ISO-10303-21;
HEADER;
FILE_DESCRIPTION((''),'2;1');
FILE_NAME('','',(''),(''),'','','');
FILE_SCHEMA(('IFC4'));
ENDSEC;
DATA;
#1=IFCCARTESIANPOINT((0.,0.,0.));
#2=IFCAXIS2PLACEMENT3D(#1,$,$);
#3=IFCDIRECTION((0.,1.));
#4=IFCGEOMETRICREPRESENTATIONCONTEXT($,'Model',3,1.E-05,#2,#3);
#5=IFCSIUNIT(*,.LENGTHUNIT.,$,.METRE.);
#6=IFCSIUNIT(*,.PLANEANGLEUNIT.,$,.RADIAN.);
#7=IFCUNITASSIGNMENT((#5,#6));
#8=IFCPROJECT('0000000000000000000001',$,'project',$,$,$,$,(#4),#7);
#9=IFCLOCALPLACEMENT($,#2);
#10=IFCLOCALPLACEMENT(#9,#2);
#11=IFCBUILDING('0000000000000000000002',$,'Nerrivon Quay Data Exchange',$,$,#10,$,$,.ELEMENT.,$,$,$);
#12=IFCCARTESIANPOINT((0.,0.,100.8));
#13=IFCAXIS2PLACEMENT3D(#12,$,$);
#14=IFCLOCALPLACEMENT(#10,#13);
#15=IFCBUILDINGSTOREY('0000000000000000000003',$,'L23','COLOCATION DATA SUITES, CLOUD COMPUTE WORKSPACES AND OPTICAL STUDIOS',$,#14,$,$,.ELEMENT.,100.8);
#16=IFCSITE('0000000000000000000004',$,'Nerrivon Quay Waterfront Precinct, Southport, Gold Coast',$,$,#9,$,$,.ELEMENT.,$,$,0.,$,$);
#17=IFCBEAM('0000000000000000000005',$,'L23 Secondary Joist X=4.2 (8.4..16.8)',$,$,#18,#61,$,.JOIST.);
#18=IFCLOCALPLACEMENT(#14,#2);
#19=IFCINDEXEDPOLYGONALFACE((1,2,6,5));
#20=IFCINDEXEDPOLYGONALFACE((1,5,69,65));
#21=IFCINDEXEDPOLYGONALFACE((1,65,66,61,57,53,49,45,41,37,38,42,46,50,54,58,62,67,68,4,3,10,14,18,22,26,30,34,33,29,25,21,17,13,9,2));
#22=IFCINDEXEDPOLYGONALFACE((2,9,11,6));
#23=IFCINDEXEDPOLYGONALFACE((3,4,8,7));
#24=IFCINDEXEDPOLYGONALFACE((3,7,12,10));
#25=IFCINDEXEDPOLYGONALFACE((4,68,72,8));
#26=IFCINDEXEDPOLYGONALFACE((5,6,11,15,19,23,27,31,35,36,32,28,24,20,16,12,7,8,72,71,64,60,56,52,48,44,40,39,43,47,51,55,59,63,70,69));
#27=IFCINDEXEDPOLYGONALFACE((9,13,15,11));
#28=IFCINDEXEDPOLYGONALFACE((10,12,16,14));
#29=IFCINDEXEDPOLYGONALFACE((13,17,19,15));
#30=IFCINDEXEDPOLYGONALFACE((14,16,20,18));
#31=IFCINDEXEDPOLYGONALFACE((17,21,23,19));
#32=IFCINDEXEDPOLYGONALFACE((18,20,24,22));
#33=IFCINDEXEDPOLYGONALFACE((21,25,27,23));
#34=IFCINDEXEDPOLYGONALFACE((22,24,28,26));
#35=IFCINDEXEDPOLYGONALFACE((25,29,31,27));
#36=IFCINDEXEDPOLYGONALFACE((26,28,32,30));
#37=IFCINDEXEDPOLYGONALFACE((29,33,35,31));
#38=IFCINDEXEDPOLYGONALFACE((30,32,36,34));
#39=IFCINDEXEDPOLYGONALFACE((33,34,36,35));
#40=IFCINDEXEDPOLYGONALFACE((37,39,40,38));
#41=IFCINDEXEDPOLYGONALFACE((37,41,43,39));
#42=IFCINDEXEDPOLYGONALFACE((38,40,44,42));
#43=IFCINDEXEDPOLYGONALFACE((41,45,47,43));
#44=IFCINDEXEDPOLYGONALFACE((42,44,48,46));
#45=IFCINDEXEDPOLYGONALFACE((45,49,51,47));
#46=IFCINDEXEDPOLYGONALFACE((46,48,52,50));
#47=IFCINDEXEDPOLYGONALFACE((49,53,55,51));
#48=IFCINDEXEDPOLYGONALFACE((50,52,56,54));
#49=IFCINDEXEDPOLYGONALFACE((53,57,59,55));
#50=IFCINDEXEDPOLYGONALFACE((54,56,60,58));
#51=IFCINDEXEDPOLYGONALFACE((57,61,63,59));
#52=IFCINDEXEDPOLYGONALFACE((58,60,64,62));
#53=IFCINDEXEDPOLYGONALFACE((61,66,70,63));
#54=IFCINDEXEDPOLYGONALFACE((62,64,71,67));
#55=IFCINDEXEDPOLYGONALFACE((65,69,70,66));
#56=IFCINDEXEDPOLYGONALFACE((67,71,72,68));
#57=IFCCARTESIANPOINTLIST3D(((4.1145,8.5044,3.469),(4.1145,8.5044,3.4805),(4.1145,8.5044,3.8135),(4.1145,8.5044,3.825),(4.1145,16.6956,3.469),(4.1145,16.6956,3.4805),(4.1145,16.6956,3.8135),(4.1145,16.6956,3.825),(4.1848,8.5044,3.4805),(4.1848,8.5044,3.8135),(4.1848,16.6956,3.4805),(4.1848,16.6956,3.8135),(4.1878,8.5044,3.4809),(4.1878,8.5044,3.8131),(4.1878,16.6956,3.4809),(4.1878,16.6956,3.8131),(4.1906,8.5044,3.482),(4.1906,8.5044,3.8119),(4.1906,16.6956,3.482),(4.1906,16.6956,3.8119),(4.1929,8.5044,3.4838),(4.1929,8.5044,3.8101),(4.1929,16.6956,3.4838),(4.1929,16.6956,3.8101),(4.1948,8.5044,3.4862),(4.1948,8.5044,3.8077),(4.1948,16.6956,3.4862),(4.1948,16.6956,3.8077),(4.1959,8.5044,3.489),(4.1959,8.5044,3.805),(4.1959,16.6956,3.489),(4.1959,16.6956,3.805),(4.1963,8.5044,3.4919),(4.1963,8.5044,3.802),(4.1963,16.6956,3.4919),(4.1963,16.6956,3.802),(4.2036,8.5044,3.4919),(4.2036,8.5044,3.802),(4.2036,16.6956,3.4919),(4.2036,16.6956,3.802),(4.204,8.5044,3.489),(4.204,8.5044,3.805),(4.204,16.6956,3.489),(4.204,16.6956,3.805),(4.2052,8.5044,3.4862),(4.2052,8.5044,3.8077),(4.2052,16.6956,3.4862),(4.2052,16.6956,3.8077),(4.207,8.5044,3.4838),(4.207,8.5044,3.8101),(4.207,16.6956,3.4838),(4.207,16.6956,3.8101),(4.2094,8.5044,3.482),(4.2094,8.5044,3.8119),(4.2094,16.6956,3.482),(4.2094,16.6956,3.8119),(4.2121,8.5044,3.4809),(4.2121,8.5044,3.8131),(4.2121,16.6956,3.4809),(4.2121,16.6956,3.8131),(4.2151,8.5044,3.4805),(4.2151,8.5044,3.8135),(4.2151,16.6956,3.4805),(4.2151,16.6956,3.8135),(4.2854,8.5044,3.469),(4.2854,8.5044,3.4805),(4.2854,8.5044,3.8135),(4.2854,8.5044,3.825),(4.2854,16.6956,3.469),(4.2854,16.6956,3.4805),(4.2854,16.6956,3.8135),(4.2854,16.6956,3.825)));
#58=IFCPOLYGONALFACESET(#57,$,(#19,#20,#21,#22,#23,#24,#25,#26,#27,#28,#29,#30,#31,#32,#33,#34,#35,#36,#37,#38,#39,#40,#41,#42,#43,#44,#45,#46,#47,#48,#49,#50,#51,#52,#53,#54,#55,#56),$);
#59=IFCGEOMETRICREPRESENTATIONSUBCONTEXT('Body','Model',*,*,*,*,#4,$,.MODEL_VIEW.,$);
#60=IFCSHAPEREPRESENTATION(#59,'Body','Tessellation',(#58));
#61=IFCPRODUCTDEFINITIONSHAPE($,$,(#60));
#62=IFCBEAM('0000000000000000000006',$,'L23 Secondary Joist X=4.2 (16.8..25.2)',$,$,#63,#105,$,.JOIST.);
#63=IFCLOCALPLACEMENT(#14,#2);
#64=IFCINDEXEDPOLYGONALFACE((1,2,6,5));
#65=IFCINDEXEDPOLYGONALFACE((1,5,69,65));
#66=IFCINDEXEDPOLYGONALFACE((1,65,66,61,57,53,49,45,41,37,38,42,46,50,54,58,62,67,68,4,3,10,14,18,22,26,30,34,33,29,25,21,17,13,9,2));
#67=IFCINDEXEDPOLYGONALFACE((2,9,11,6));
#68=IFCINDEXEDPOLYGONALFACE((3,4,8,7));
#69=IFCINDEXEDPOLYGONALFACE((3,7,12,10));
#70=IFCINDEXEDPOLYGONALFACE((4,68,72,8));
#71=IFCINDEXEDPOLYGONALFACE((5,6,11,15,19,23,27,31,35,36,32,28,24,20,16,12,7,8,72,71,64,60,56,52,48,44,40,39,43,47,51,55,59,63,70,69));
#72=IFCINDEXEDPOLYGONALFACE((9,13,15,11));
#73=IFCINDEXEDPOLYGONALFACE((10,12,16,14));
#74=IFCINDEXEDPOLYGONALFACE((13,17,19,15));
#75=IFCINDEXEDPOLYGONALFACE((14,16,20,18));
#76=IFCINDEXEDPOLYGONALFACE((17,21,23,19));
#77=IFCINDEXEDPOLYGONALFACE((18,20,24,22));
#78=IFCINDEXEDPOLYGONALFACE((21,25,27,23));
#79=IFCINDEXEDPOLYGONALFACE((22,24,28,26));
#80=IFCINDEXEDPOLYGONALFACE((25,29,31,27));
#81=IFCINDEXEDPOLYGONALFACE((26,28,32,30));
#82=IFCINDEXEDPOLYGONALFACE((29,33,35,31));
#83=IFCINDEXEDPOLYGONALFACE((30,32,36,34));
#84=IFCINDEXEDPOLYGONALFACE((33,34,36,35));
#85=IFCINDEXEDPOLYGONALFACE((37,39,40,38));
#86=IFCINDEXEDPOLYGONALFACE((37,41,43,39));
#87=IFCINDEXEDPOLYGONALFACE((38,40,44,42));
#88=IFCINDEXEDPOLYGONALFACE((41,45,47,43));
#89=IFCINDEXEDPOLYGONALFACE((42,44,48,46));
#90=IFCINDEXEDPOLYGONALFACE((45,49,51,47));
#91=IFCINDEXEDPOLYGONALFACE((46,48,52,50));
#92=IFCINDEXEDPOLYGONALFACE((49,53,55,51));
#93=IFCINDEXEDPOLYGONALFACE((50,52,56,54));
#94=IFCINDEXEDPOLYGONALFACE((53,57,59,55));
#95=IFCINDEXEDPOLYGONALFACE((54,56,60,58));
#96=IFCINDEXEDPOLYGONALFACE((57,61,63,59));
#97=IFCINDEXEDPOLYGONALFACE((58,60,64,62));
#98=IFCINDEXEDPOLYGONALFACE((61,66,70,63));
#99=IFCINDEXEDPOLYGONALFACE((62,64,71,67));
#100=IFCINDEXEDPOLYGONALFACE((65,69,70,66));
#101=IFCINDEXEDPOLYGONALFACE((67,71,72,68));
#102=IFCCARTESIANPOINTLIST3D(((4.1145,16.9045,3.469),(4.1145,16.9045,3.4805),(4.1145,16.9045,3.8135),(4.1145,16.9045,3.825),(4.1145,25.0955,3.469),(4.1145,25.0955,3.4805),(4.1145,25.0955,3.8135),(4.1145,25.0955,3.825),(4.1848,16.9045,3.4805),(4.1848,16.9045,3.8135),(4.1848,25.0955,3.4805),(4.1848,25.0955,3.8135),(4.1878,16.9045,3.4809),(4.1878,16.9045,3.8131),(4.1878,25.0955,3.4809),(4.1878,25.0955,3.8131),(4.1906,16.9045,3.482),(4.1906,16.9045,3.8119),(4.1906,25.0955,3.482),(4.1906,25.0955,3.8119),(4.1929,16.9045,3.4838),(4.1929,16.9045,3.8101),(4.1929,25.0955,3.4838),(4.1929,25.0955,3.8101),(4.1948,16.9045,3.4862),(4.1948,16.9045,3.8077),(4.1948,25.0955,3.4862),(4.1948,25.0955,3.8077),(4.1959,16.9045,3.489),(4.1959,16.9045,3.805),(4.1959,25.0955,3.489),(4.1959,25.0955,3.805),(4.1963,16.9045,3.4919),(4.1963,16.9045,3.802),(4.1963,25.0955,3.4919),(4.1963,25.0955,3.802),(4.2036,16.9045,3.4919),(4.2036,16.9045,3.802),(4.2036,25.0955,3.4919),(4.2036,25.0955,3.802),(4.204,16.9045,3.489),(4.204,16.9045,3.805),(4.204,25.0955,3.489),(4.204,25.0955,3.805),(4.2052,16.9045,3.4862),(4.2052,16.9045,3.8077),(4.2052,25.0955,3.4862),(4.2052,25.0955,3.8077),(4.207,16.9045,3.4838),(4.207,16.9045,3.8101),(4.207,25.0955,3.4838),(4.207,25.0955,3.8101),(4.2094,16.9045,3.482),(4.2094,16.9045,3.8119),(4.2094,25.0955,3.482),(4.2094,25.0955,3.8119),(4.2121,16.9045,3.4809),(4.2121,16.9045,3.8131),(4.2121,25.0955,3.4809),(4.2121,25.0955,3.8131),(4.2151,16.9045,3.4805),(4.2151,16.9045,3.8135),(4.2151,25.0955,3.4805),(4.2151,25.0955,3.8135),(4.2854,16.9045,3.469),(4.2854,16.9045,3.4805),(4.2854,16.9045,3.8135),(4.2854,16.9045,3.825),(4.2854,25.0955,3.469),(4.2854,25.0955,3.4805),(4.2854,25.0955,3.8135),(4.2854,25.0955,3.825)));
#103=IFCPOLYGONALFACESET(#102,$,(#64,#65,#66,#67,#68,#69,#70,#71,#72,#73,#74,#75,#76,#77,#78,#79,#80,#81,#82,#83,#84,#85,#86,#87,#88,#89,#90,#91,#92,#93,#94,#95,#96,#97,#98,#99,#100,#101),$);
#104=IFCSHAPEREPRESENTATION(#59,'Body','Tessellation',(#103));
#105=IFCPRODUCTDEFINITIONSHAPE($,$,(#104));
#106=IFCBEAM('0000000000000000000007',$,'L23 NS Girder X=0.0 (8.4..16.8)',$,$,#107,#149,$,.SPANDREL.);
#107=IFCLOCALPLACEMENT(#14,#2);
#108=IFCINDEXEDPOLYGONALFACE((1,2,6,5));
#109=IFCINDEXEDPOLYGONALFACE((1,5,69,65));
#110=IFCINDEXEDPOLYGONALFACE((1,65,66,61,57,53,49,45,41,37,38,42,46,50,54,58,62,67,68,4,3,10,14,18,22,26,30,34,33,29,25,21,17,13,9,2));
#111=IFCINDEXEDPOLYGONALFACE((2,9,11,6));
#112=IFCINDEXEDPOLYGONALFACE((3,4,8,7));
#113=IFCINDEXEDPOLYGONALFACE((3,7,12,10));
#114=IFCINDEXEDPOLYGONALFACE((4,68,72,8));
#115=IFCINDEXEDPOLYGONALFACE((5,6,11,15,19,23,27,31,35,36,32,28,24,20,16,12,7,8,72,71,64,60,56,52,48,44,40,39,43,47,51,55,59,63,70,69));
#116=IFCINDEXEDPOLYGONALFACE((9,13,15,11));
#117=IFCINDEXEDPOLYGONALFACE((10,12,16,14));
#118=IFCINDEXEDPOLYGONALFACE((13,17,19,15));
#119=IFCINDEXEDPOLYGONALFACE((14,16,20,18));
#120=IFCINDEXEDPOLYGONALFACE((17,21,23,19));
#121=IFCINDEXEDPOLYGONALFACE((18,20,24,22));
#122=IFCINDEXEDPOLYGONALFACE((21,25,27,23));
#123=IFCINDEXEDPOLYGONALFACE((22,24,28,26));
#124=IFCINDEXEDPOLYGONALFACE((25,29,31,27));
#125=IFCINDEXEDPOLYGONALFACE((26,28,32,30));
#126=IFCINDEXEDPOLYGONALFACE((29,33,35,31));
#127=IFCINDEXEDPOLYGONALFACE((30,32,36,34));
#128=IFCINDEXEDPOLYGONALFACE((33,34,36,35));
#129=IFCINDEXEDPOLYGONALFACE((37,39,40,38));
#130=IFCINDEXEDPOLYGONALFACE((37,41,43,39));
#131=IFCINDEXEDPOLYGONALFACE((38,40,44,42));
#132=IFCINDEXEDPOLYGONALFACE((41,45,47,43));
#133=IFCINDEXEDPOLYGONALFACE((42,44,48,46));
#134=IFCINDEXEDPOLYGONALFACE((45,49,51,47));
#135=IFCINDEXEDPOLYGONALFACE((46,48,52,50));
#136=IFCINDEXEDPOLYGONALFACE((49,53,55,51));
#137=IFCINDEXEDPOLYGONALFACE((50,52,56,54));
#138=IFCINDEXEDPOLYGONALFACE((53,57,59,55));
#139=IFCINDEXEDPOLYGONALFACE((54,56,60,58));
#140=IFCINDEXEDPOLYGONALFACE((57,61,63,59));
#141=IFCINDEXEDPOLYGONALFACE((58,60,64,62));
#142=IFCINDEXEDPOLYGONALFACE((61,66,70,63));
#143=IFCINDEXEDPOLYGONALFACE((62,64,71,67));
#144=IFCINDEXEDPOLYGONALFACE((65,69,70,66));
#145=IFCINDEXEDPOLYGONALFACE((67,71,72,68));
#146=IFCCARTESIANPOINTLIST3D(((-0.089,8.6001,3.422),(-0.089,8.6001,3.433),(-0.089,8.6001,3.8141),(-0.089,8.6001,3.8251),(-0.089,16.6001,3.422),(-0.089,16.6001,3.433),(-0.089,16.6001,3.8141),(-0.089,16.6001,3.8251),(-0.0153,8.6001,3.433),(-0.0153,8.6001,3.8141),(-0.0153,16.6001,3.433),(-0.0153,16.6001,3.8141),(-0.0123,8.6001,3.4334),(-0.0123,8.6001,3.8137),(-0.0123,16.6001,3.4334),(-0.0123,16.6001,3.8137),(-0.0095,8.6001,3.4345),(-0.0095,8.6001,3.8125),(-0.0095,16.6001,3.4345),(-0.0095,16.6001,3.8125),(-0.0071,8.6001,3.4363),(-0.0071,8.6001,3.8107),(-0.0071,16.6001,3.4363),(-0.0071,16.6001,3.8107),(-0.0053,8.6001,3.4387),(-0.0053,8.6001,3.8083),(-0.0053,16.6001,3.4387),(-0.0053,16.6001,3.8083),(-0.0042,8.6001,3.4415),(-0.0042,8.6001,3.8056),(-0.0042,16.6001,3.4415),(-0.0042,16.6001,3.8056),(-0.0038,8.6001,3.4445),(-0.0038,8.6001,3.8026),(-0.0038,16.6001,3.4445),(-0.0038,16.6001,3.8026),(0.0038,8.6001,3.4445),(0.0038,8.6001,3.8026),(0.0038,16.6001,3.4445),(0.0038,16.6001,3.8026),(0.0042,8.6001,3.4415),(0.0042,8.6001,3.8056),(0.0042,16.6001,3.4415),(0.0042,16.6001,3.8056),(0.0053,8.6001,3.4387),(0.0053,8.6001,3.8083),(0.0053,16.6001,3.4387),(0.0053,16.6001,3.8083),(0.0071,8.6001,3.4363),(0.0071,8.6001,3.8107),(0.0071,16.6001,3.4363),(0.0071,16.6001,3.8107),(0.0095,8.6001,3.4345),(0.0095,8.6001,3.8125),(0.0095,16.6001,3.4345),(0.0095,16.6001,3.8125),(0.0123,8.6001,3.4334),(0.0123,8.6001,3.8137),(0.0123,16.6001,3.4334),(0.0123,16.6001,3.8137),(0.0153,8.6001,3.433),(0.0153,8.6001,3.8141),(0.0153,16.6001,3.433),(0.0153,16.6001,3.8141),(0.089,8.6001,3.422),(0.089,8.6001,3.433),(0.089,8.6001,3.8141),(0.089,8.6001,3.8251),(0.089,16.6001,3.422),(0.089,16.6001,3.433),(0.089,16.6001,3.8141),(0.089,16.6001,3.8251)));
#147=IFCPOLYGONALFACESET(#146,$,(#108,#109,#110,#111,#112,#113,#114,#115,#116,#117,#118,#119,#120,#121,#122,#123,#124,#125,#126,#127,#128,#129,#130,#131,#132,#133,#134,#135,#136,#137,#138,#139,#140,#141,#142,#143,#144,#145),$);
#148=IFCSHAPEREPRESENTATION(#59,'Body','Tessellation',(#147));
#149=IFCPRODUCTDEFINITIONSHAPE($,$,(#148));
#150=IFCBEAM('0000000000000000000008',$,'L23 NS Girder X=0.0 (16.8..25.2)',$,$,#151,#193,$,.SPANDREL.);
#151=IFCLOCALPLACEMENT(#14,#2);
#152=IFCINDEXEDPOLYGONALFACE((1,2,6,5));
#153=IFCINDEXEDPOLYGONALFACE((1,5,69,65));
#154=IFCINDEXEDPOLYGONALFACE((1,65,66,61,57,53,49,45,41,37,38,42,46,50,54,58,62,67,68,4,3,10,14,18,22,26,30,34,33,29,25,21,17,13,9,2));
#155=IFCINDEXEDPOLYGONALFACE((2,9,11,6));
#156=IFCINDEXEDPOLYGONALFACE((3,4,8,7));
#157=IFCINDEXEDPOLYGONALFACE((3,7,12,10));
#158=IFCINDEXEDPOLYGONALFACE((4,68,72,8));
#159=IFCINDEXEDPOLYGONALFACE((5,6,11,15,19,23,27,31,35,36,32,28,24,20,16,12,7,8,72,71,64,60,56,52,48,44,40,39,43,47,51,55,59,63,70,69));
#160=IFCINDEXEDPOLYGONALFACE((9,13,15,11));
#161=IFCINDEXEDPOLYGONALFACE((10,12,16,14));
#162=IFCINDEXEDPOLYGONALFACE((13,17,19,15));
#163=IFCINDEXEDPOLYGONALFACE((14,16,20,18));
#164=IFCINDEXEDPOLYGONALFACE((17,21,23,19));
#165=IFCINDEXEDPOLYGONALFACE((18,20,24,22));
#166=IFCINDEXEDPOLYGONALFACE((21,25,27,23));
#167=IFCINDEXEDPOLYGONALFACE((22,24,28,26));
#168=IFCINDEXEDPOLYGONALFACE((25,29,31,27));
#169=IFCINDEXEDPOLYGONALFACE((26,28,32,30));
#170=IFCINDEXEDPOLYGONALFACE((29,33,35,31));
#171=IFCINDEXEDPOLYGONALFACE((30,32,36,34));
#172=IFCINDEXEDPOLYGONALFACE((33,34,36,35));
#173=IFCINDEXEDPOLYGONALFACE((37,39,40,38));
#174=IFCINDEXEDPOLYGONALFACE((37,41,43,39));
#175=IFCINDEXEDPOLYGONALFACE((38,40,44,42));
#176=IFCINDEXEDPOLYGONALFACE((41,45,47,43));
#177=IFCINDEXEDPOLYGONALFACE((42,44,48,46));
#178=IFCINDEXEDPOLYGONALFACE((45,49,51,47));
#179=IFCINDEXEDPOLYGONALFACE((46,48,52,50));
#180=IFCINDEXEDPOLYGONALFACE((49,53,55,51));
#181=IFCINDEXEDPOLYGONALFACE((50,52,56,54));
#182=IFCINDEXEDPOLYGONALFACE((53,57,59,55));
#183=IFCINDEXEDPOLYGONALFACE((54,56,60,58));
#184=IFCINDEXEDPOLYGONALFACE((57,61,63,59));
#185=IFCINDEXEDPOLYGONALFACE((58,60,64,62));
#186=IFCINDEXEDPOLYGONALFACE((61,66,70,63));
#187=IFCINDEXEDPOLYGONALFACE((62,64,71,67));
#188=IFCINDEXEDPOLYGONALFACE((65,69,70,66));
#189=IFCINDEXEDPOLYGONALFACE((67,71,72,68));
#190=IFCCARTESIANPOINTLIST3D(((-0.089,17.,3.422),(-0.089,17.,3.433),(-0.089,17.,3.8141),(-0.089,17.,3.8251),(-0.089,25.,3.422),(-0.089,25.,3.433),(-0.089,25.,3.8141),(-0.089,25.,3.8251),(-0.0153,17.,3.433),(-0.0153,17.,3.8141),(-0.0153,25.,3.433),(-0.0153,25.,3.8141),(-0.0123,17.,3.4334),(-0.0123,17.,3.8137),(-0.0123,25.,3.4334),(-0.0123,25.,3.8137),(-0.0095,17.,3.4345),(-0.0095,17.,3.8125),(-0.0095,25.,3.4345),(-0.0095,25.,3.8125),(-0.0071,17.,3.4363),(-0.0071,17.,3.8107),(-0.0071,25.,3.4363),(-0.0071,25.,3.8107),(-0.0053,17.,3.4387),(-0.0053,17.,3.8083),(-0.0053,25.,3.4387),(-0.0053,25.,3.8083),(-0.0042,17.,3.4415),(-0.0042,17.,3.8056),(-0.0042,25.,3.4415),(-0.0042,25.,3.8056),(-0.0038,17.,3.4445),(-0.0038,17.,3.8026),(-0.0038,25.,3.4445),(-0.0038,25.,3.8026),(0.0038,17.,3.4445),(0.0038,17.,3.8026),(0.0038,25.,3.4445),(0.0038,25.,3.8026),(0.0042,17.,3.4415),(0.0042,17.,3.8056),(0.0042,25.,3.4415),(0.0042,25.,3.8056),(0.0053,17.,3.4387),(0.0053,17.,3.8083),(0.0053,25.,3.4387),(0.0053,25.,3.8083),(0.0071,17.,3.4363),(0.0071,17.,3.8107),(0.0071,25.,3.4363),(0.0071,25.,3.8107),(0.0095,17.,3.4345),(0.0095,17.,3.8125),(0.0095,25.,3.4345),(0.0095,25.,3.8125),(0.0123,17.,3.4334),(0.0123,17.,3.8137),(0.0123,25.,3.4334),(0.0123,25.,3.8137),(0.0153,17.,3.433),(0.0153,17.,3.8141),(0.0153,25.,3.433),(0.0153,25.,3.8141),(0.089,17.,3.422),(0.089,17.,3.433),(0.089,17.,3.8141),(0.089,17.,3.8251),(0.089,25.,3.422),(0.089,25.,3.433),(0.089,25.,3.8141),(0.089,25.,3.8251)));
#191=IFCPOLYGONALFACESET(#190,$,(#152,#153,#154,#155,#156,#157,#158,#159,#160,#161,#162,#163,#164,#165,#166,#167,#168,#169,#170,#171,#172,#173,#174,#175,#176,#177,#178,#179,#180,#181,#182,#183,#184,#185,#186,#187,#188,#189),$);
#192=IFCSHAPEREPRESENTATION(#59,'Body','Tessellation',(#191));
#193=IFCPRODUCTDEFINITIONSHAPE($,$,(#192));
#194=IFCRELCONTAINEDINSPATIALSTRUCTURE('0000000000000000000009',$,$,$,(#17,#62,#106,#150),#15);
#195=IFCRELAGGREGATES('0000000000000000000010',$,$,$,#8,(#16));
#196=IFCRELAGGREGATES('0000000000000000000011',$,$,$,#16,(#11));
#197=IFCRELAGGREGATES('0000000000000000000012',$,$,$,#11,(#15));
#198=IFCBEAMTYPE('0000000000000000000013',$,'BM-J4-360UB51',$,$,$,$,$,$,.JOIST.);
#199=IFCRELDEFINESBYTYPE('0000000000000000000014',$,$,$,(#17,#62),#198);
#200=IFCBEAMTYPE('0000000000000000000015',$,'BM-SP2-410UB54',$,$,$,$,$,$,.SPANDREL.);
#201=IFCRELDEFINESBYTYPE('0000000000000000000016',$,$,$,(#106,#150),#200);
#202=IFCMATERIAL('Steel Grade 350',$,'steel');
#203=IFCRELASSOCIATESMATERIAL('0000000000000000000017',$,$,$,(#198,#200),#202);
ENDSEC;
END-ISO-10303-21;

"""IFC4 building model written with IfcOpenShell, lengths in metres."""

from ifc_helpers import new_model, si_unit, direction, frame, origin, origin_2d, place, context, subcontext, project, spatial, i_section, extrude, material, material_profile, profile_set, type_object, element, save


model = new_model("IFC4")

# Units and contexts
model_context = context("Model", 3, precision=1e-05, world=origin(), true_north=direction((0.0, 1.0)))
body_context = subcontext(model_context, "Body", "Model", "MODEL_VIEW")
ifc_project = project(units=[si_unit("LENGTHUNIT", "METRE"), si_unit("PLANEANGLEUNIT", "RADIAN")], contexts=[model_context])

# Site, building, storey
site_placement = place(None, origin())
site = spatial("IfcSite", under=ifc_project, at=site_placement, Name="Nerrivon Quay Waterfront Precinct, Southport, Gold Coast", CompositionType="ELEMENT", RefElevation=0.0)
building_placement = place(site_placement, origin())
building = spatial("IfcBuilding", under=site, at=building_placement, Name="Nerrivon Quay Data Exchange", CompositionType="ELEMENT")
storey_placement = place(building_placement, frame((0.0, 0.0, 100.8)))
storey = spatial("IfcBuildingStorey", under=building, at=storey_placement, Name="L23", Description="COLOCATION DATA SUITES, CLOUD COMPUTE WORKSPACES AND OPTICAL STUDIOS", CompositionType="ELEMENT", Elevation=100.8)

# Shared definitions
ifc_material_1 = material(Name="Steel Grade 350", Category="steel")

# Beams
ifc_material_profile_1 = material_profile(ifc_material_1, i_section(OverallWidth=0.1709, OverallDepth=0.356, WebThickness=0.0073, FlangeThickness=0.0115, FilletRadius=0.0115, at=origin_2d()), Name="360UB50.7")
ifc_profile_set_1 = profile_set([ifc_material_profile_1], Name="Steel Grade 350")
beam_type_1 = type_object("IfcBeamType", Name="BM-J4-360UB51", PredefinedType="JOIST", material=ifc_profile_set_1)
beam_1_placement = place(storey_placement, frame((4.2, 8.5044, 3.647), z_axis=(0.0, 1.0, 0.0), x_axis=(-1.0, 0.0, 0.0)))
element("IfcBeam", 1, at=beam_1_placement, inside=storey, type_object=beam_type_1, Name="L23 Secondary Joist X=4.2 (8.4..16.8)", PredefinedType="JOIST", context=body_context, shape_type="SweptSolid", body=[
    extrude(i_section(OverallWidth=0.1709, OverallDepth=0.356, WebThickness=0.0073, FlangeThickness=0.0115, FilletRadius=0.0115, at=origin_2d()), origin(), (0.0, 0.0, 1.0), 8.1912),
])
beam_2_placement = place(storey_placement, frame((4.2, 16.9045, 3.647), z_axis=(0.0, 1.0, 0.0), x_axis=(-1.0, 0.0, 0.0)))
element("IfcBeam", 2, at=beam_2_placement, inside=storey, type_object=beam_type_1, Name="L23 Secondary Joist X=4.2 (16.8..25.2)", PredefinedType="JOIST", context=body_context, shape_type="SweptSolid", body=[
    extrude(i_section(OverallWidth=0.1709, OverallDepth=0.356, WebThickness=0.0073, FlangeThickness=0.0115, FilletRadius=0.0115, at=origin_2d()), origin(), (0.0, 0.0, 1.0), 8.1909),
])
ifc_material_profile_2 = material_profile(ifc_material_1, i_section(OverallWidth=0.178, OverallDepth=0.4031, WebThickness=0.0076, FlangeThickness=0.011, FilletRadius=0.0115, at=origin_2d()), Name="410UB53.7")
ifc_profile_set_2 = profile_set([ifc_material_profile_2], Name="Steel Grade 350")
beam_type_2 = type_object("IfcBeamType", Name="BM-SP2-410UB54", PredefinedType="SPANDREL", material=ifc_profile_set_2)
for number, where, z_axis, x_axis, name in (
    (3, (0.0, 8.6001, 3.6235), (0.0, 1.0, 0.0), (-1.0, 0.0, 0.0), "L23 NS Girder X=0.0 (8.4..16.8)"),
    (4, (0.0, 17.0, 3.6235), (0.0, 1.0, 0.0), (-1.0, 0.0, 0.0), "L23 NS Girder X=0.0 (16.8..25.2)"),
):
    element("IfcBeam", number, at=place(storey_placement, frame(where, z_axis=z_axis, x_axis=x_axis)), inside=storey, type_object=beam_type_2, Name=name, PredefinedType="SPANDREL", context=body_context, shape_type="SweptSolid", body=[
        extrude(i_section(OverallWidth=0.178, OverallDepth=0.4031, WebThickness=0.0076, FlangeThickness=0.011, FilletRadius=0.0115, at=origin_2d()), origin(), (0.0, 0.0, 1.0), 8.0),
    ])

save(model, "model.ifc")
